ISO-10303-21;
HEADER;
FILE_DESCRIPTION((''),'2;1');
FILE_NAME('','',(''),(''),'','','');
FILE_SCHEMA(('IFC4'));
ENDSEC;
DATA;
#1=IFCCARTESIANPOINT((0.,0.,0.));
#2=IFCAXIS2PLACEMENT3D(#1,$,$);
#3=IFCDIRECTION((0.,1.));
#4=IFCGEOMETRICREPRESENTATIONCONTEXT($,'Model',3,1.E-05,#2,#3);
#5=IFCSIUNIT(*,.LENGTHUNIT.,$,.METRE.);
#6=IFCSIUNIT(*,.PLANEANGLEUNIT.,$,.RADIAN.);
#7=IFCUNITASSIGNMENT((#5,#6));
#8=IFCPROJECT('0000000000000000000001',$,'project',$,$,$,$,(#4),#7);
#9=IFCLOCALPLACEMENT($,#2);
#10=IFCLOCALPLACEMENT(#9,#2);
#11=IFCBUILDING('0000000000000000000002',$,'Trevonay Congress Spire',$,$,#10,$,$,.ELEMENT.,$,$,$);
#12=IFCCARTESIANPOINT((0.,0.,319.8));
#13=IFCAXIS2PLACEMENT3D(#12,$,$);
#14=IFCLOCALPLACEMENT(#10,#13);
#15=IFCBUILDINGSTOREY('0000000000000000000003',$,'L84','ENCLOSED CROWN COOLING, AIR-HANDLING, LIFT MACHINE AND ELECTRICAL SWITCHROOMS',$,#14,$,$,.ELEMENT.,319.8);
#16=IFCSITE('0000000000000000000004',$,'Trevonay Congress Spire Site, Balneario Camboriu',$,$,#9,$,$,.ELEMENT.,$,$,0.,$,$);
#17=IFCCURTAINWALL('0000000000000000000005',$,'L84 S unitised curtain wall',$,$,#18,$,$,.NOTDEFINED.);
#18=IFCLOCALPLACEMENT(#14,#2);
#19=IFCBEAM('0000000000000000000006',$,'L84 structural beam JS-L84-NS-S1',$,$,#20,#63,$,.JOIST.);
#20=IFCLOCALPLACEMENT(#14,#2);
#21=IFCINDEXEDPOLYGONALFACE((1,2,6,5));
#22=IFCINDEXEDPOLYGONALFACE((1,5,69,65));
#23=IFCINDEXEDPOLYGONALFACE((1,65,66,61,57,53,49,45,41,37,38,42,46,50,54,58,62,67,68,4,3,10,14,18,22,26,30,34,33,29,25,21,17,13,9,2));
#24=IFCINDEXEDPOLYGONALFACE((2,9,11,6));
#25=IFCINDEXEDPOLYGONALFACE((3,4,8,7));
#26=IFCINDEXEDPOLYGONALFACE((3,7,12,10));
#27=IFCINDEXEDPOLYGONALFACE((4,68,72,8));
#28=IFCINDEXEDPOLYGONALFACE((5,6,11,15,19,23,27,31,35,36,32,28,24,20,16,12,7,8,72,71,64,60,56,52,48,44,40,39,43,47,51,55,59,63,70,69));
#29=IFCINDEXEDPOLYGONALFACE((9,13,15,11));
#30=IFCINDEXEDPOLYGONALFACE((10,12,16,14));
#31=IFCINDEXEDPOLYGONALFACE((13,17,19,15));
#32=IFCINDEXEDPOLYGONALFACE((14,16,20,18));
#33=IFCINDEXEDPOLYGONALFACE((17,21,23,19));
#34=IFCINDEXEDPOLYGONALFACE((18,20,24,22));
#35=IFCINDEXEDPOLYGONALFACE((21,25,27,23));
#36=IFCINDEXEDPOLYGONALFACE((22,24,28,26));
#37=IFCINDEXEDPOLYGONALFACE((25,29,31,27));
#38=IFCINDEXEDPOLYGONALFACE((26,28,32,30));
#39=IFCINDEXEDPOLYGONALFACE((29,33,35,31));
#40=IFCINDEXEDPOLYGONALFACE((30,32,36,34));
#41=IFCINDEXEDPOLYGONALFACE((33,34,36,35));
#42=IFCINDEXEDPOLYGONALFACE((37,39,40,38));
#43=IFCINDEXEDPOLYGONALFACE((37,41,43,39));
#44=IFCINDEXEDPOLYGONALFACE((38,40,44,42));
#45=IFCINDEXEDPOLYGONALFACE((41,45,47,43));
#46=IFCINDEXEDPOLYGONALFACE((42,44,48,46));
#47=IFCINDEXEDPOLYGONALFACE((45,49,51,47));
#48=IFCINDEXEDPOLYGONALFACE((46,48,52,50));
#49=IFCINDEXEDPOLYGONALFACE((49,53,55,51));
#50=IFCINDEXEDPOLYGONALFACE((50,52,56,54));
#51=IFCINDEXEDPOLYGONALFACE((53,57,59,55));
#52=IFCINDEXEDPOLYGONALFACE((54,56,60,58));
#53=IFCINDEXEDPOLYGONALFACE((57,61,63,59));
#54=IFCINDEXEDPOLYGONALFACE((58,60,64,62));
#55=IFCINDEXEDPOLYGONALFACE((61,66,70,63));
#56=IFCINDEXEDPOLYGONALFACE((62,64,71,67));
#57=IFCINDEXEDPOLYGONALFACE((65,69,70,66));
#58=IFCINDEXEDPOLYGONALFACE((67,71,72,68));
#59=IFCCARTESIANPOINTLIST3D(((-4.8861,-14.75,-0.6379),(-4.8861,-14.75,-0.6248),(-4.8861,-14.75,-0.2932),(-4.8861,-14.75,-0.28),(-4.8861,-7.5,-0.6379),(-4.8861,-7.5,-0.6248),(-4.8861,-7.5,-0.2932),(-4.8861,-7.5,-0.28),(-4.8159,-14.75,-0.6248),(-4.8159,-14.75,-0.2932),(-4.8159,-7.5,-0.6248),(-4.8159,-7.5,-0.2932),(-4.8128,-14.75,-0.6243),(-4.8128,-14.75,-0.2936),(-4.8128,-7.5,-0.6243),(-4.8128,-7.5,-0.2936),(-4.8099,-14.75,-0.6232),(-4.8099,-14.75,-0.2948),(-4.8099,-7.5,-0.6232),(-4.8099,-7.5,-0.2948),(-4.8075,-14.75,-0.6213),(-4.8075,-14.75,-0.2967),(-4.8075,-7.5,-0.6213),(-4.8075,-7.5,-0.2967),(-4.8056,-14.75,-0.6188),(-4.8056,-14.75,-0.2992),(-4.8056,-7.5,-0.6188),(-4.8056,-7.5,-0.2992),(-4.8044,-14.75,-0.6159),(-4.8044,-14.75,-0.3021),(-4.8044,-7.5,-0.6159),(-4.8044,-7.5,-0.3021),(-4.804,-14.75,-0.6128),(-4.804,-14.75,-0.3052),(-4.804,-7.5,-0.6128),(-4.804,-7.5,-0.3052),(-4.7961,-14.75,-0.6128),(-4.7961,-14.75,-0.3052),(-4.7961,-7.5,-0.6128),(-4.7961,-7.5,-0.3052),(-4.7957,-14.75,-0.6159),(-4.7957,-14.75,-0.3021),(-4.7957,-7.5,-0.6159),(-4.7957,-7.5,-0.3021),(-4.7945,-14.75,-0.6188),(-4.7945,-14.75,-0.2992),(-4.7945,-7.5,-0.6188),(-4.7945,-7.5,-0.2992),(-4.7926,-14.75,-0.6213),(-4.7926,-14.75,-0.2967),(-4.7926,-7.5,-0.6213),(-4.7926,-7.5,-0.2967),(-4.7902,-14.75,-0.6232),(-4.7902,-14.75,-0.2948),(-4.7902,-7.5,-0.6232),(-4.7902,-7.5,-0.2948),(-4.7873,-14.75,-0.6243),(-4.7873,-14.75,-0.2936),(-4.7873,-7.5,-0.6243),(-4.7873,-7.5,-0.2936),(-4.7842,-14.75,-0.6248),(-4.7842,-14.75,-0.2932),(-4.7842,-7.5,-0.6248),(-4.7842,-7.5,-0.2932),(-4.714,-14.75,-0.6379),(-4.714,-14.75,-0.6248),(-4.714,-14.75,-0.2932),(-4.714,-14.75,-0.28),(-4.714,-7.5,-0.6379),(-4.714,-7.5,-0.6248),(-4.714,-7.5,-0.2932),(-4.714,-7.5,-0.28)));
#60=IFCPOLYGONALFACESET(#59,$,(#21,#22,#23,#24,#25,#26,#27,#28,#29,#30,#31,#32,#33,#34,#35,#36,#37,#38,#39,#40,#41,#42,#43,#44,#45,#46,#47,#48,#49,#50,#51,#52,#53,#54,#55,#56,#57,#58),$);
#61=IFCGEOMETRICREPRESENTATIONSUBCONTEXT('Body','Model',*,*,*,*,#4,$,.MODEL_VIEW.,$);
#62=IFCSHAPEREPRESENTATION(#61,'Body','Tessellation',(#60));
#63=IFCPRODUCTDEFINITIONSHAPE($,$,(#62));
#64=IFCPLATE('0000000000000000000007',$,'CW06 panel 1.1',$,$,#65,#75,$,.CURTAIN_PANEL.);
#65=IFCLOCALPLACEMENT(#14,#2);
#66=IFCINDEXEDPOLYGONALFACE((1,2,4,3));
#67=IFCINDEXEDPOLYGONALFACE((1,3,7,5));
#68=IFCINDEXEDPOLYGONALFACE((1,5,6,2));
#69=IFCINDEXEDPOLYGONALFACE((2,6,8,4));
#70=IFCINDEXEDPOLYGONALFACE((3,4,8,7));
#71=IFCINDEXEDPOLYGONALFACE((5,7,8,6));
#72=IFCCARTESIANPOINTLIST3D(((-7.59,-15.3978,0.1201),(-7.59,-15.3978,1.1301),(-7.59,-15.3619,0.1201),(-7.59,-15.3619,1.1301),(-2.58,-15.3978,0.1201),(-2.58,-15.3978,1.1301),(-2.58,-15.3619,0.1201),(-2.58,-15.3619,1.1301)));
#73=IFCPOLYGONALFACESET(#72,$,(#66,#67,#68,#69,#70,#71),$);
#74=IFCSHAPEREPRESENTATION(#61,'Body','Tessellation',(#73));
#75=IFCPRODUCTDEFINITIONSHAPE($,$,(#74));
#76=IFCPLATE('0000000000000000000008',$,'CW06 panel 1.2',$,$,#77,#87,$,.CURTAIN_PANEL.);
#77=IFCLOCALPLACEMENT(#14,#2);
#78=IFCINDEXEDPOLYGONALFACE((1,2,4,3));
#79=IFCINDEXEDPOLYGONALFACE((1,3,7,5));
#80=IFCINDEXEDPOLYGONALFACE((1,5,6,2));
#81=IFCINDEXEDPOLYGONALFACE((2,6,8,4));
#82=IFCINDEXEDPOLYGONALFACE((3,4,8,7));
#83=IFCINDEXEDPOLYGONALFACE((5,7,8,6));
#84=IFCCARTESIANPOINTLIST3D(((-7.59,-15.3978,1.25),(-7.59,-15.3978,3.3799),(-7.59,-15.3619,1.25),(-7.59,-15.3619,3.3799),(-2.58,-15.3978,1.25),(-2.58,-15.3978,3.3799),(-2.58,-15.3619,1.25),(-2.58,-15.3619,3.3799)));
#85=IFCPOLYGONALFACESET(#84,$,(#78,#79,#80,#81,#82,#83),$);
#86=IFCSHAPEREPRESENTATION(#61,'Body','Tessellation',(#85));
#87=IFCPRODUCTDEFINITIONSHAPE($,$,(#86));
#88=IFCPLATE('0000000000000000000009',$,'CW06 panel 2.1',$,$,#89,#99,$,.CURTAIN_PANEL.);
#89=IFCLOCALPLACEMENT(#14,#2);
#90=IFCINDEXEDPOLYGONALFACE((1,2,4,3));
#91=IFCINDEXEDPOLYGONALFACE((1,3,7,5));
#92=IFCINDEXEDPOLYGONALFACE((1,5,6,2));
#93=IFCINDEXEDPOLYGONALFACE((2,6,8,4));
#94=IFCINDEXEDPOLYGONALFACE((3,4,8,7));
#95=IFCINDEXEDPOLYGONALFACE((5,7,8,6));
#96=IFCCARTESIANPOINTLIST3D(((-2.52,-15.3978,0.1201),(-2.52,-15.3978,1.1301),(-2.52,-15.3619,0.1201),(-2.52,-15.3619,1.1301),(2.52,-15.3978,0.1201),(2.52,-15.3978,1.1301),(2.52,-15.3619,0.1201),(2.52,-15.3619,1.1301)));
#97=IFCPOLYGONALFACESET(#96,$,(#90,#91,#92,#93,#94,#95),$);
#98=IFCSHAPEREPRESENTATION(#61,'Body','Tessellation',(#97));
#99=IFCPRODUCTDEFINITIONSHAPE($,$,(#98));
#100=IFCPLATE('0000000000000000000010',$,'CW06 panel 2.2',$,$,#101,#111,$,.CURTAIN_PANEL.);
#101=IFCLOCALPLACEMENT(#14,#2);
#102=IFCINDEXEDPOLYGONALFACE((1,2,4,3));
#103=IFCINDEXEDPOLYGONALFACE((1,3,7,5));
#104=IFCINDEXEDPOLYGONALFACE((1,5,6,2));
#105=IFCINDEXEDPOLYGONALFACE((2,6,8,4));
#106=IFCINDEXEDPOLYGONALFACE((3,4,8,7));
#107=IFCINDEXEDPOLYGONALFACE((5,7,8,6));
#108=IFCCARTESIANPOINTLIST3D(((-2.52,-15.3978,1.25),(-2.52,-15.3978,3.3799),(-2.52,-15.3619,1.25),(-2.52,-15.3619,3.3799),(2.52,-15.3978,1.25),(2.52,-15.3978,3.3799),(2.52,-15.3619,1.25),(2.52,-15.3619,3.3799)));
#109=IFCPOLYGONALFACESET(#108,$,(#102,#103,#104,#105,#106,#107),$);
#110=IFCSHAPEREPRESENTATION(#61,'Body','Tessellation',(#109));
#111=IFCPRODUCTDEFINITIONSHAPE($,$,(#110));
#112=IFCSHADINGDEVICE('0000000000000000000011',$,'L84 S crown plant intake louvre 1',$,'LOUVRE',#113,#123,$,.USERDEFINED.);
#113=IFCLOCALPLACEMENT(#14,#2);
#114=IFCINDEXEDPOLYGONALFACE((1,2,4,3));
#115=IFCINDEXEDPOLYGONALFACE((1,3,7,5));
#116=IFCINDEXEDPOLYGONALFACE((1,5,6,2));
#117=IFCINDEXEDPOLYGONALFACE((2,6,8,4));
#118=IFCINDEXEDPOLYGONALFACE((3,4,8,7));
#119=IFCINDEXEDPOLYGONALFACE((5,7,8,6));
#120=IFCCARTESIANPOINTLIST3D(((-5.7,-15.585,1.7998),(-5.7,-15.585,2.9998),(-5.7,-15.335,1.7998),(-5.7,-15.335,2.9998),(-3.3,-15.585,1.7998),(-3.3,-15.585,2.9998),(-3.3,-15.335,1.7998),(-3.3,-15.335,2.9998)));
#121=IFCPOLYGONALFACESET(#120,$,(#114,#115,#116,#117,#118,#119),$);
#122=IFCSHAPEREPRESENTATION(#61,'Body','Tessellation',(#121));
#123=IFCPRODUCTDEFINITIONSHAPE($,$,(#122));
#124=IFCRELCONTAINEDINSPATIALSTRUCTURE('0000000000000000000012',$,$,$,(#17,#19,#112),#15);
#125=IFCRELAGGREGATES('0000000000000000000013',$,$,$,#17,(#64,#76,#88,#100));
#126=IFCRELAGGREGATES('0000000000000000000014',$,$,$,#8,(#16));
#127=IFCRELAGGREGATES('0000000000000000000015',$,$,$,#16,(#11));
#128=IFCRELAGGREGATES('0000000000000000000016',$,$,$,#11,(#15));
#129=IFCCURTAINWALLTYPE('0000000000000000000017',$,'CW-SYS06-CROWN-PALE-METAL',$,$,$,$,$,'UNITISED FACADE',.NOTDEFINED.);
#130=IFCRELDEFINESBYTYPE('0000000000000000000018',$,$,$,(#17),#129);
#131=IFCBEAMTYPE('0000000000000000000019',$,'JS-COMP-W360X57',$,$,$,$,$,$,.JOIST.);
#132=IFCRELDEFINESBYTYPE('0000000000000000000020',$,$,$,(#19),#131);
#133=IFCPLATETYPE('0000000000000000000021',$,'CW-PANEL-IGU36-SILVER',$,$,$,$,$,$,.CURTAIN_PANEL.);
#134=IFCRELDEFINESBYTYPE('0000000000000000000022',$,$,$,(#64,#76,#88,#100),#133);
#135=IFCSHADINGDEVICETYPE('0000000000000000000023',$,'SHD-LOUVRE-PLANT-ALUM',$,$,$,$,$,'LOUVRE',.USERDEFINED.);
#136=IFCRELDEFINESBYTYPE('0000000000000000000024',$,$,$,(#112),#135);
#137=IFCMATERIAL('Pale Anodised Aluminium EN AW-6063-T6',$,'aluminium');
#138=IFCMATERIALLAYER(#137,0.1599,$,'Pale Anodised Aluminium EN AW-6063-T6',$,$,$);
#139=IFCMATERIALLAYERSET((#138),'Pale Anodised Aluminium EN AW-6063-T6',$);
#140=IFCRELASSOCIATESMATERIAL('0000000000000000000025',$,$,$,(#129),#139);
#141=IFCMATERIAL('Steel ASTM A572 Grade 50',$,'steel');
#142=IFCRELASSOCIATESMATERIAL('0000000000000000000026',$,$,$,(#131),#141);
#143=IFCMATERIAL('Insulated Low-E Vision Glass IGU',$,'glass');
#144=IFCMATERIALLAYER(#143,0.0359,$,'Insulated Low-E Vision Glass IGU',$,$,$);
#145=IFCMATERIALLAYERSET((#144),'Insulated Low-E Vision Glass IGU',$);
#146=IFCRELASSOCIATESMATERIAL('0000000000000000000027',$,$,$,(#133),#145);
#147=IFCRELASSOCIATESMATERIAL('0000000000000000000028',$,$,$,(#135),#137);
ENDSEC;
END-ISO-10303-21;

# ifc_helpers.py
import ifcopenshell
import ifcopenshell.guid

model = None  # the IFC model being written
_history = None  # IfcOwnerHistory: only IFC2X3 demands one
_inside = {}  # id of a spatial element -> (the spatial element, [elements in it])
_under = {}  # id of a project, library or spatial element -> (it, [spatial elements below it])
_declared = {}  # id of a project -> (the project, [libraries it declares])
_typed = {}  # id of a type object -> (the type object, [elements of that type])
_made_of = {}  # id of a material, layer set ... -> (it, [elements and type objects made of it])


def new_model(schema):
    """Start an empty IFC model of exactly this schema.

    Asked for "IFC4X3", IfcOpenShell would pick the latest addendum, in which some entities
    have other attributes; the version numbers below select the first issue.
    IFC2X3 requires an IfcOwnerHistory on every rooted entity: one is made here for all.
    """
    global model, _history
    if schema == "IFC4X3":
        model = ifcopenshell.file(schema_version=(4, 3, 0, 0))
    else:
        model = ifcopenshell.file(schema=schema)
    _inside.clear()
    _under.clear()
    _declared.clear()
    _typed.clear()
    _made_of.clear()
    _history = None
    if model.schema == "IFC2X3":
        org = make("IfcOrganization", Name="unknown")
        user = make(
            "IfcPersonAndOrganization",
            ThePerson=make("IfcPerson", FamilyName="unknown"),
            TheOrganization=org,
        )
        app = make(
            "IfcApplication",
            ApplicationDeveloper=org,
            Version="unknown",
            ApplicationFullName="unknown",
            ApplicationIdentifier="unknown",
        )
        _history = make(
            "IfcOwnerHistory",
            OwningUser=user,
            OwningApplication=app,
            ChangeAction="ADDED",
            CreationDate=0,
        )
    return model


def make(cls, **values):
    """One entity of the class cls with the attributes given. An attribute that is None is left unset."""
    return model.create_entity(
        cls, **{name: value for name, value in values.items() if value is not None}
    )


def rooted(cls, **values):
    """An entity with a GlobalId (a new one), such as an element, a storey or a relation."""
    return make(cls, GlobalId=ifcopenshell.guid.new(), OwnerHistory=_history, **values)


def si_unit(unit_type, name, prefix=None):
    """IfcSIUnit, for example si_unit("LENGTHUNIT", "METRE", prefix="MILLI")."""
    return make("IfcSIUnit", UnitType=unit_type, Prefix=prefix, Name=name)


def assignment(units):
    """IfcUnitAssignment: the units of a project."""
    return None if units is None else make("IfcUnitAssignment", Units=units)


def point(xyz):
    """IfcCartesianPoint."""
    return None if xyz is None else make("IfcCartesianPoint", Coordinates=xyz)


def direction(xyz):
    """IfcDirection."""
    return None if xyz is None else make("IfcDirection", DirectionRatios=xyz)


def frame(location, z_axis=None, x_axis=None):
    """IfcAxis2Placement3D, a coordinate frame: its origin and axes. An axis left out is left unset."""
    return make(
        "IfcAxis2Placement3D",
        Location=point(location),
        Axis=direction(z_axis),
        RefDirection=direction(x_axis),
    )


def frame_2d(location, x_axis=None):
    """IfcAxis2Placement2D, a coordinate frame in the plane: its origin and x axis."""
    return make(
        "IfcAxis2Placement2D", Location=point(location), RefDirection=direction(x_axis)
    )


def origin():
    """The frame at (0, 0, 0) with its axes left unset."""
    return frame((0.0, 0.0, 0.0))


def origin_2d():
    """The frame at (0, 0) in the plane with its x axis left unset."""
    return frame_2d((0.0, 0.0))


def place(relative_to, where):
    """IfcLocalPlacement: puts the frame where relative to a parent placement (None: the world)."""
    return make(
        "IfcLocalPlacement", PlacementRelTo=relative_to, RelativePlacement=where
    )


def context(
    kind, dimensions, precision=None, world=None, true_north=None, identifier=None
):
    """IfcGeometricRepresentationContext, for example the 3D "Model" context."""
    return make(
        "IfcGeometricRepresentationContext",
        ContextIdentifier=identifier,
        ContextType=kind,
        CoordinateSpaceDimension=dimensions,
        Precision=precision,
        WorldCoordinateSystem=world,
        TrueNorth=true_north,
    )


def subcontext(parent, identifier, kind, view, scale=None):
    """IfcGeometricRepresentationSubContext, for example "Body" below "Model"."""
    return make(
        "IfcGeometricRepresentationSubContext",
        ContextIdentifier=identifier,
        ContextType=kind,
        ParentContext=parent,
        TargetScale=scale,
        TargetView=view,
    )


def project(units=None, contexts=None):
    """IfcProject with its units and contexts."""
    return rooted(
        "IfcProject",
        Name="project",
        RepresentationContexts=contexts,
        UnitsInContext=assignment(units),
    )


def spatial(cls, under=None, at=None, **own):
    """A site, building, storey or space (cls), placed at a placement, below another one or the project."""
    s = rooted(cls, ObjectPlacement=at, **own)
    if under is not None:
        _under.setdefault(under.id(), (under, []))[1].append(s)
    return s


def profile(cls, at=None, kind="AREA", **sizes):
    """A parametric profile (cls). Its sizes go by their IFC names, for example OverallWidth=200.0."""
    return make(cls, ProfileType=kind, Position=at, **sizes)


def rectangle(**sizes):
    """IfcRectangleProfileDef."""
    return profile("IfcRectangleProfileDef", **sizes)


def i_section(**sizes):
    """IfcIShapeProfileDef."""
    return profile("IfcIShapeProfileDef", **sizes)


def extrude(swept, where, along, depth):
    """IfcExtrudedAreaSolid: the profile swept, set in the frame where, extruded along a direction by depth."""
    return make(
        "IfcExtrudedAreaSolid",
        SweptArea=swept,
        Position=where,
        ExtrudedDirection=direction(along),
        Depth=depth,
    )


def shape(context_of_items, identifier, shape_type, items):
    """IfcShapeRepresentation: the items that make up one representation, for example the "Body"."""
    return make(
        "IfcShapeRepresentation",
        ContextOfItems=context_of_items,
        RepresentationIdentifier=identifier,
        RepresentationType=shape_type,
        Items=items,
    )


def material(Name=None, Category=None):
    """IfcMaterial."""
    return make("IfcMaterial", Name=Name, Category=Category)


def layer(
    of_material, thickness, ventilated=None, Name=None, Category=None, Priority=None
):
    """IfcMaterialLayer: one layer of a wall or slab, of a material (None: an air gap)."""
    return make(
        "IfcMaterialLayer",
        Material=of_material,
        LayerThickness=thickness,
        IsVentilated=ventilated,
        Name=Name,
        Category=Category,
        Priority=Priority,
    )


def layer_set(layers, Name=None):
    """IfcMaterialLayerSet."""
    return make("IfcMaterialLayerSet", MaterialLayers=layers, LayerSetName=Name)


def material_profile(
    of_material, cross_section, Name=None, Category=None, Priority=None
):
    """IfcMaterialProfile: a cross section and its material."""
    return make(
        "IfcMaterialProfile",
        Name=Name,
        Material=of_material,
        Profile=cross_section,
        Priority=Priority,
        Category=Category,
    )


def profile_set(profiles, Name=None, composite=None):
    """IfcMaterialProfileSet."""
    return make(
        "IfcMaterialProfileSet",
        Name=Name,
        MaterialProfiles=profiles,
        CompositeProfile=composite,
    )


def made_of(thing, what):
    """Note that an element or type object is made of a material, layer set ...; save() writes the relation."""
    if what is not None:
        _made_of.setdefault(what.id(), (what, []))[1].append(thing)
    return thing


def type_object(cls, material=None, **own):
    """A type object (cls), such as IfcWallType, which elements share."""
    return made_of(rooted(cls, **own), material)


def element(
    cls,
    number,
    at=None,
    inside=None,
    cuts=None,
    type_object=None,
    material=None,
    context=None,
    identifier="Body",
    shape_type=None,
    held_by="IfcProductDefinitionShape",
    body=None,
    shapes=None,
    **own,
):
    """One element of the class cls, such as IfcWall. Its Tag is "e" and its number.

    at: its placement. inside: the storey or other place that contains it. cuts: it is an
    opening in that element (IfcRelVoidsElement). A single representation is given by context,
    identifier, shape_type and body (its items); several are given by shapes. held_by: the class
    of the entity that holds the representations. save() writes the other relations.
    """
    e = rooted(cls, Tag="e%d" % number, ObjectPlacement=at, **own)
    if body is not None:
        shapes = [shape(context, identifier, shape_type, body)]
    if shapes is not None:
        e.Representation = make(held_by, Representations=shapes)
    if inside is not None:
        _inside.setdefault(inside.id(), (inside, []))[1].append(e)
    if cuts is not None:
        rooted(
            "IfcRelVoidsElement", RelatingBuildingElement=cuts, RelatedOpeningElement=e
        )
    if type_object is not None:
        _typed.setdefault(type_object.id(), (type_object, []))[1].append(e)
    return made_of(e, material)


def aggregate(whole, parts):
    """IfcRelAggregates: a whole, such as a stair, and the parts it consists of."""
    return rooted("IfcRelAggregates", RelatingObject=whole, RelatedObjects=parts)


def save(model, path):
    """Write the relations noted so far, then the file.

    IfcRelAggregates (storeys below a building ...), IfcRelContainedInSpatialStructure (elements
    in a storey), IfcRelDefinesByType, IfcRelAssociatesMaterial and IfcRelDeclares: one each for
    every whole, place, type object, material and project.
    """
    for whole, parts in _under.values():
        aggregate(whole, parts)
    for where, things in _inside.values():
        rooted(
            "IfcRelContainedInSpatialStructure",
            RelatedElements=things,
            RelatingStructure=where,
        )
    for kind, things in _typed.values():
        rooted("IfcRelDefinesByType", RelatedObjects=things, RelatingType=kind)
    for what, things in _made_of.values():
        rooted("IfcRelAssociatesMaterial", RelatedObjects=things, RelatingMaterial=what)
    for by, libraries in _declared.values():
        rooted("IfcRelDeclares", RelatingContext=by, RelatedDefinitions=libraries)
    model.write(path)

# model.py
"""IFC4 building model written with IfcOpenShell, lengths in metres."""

from ifc_helpers import new_model, si_unit, direction, frame, origin, origin_2d, place, context, subcontext, project, spatial, rectangle, i_section, extrude, material, layer, layer_set, material_profile, profile_set, type_object, element, aggregate, save


model = new_model("IFC4")

# Units and contexts
model_context = context("Model", 3, precision=1e-05, world=origin(), true_north=direction((0.0, 1.0)))
body_context = subcontext(model_context, "Body", "Model", "MODEL_VIEW")
ifc_project = project(units=[si_unit("LENGTHUNIT", "METRE"), si_unit("PLANEANGLEUNIT", "RADIAN")], contexts=[model_context])

# Site, building, storey
site_placement = place(None, origin())
site = spatial("IfcSite", under=ifc_project, at=site_placement, Name="Trevonay Congress Spire Site, Balneario Camboriu", CompositionType="ELEMENT", RefElevation=0.0)
building_placement = place(site_placement, origin())
building = spatial("IfcBuilding", under=site, at=building_placement, Name="Trevonay Congress Spire", CompositionType="ELEMENT")
storey_placement = place(building_placement, frame((0.0, 0.0, 319.8)))
storey = spatial("IfcBuildingStorey", under=building, at=storey_placement, Name="L84", Description="ENCLOSED CROWN COOLING, AIR-HANDLING, LIFT MACHINE AND ELECTRICAL SWITCHROOMS", CompositionType="ELEMENT", Elevation=319.8)

# Shared definitions
ifc_material_1 = material(Name="Steel ASTM A572 Grade 50", Category="steel")

# Curtain wall
ifc_material_2 = material(Name="Pale Anodised Aluminium EN AW-6063-T6", Category="aluminium")
ifc_layer_1 = layer(ifc_material_2, 0.1599, Name="Pale Anodised Aluminium EN AW-6063-T6")
ifc_layer_set_1 = layer_set([ifc_layer_1], Name="Pale Anodised Aluminium EN AW-6063-T6")
curtain_wall_type = type_object("IfcCurtainWallType", Name="CW-SYS06-CROWN-PALE-METAL", ElementType="UNITISED FACADE", PredefinedType="NOTDEFINED", material=ifc_layer_set_1)
curtain_wall_placement = place(storey_placement, origin())
curtain_wall = element("IfcCurtainWall", 1, at=curtain_wall_placement, inside=storey, type_object=curtain_wall_type, Name="L84 S unitised curtain wall", PredefinedType="NOTDEFINED")

# Beam
ifc_material_profile_1 = material_profile(ifc_material_1, i_section(OverallWidth=0.1721, OverallDepth=0.3579, WebThickness=0.0078, FlangeThickness=0.0132, FilletRadius=0.012, at=origin_2d()), Name="W360x57.8")
ifc_profile_set_1 = profile_set([ifc_material_profile_1], Name="Steel ASTM A572 Grade 50")
beam_type_1 = type_object("IfcBeamType", Name="JS-COMP-W360X57", PredefinedType="JOIST", material=ifc_profile_set_1)
beam_1_placement = place(storey_placement, frame((-4.8, -14.75, -0.459), z_axis=(0.0, 1.0, 0.0), x_axis=(-1.0, 0.0, 0.0)))
element("IfcBeam", 2, at=beam_1_placement, inside=storey, type_object=beam_type_1, Name="L84 structural beam JS-L84-NS-S1", PredefinedType="JOIST", context=body_context, shape_type="SweptSolid", body=[
    extrude(i_section(OverallWidth=0.1721, OverallDepth=0.3579, WebThickness=0.0078, FlangeThickness=0.0132, FilletRadius=0.012, at=origin_2d()), origin(), (0.0, 0.0, 1.0), 7.25),
])

# Plates
ifc_material_3 = material(Name="Insulated Low-E Vision Glass IGU", Category="glass")
ifc_layer_2 = layer(ifc_material_3, 0.0359, Name="Insulated Low-E Vision Glass IGU")
ifc_layer_set_2 = layer_set([ifc_layer_2], Name="Insulated Low-E Vision Glass IGU")
plate_type = type_object("IfcPlateType", Name="CW-PANEL-IGU36-SILVER", PredefinedType="CURTAIN_PANEL", material=ifc_layer_set_2)
plate_1_placement = place(storey_placement, frame((-5.085, -15.3799, 0.1201), z_axis=(0.0, 0.0, 1.0), x_axis=(1.0, 0.0, 0.0)))
plate_1 = element("IfcPlate", 3, at=plate_1_placement, type_object=plate_type, Name="CW06 panel 1.1", PredefinedType="CURTAIN_PANEL", context=body_context, shape_type="SweptSolid", body=[
    extrude(rectangle(XDim=5.01, YDim=0.0359, at=origin_2d()), origin(), (0.0, 0.0, 1.0), 1.01),
])
plate_2_placement = place(storey_placement, frame((-5.085, -15.3799, 1.25), z_axis=(0.0, 0.0, 1.0), x_axis=(1.0, 0.0, 0.0)))
plate_2 = element("IfcPlate", 4, at=plate_2_placement, type_object=plate_type, Name="CW06 panel 1.2", PredefinedType="CURTAIN_PANEL", context=body_context, shape_type="SweptSolid", body=[
    extrude(rectangle(XDim=5.01, YDim=0.0359, at=origin_2d()), origin(), (0.0, 0.0, 1.0), 2.1299),
])
plate_3_placement = place(storey_placement, frame((0.0, -15.3799, 0.1201), z_axis=(0.0, 0.0, 1.0), x_axis=(1.0, 0.0, 0.0)))
plate_3 = element("IfcPlate", 5, at=plate_3_placement, type_object=plate_type, Name="CW06 panel 2.1", PredefinedType="CURTAIN_PANEL", context=body_context, shape_type="SweptSolid", body=[
    extrude(rectangle(XDim=5.04, YDim=0.0359, at=origin_2d()), origin(), (0.0, 0.0, 1.0), 1.01),
])
plate_4_placement = place(storey_placement, frame((0.0, -15.3799, 1.25), z_axis=(0.0, 0.0, 1.0), x_axis=(1.0, 0.0, 0.0)))
plate_4 = element("IfcPlate", 6, at=plate_4_placement, type_object=plate_type, Name="CW06 panel 2.2", PredefinedType="CURTAIN_PANEL", context=body_context, shape_type="SweptSolid", body=[
    extrude(rectangle(XDim=5.04, YDim=0.0359, at=origin_2d()), origin(), (0.0, 0.0, 1.0), 2.1299),
])
aggregate(curtain_wall, [plate_1, plate_2, plate_3, plate_4])

# Shading device
shading_device_type = type_object("IfcShadingDeviceType", Name="SHD-LOUVRE-PLANT-ALUM", ElementType="LOUVRE", PredefinedType="USERDEFINED", material=ifc_material_2)
shading_device_placement = place(storey_placement, frame((-4.5, -15.46, 1.7998), z_axis=(0.0, 0.0, 1.0), x_axis=(1.0, 0.0, 0.0)))
element("IfcShadingDevice", 7, at=shading_device_placement, inside=storey, type_object=shading_device_type, Name="L84 S crown plant intake louvre 1", ObjectType="LOUVRE", PredefinedType="USERDEFINED", context=body_context, shape_type="SweptSolid", body=[
    extrude(rectangle(XDim=2.3999, YDim=0.25, at=origin_2d()), origin(), (0.0, 0.0, 1.0), 1.2),
])

save(model, "model.ifc")
